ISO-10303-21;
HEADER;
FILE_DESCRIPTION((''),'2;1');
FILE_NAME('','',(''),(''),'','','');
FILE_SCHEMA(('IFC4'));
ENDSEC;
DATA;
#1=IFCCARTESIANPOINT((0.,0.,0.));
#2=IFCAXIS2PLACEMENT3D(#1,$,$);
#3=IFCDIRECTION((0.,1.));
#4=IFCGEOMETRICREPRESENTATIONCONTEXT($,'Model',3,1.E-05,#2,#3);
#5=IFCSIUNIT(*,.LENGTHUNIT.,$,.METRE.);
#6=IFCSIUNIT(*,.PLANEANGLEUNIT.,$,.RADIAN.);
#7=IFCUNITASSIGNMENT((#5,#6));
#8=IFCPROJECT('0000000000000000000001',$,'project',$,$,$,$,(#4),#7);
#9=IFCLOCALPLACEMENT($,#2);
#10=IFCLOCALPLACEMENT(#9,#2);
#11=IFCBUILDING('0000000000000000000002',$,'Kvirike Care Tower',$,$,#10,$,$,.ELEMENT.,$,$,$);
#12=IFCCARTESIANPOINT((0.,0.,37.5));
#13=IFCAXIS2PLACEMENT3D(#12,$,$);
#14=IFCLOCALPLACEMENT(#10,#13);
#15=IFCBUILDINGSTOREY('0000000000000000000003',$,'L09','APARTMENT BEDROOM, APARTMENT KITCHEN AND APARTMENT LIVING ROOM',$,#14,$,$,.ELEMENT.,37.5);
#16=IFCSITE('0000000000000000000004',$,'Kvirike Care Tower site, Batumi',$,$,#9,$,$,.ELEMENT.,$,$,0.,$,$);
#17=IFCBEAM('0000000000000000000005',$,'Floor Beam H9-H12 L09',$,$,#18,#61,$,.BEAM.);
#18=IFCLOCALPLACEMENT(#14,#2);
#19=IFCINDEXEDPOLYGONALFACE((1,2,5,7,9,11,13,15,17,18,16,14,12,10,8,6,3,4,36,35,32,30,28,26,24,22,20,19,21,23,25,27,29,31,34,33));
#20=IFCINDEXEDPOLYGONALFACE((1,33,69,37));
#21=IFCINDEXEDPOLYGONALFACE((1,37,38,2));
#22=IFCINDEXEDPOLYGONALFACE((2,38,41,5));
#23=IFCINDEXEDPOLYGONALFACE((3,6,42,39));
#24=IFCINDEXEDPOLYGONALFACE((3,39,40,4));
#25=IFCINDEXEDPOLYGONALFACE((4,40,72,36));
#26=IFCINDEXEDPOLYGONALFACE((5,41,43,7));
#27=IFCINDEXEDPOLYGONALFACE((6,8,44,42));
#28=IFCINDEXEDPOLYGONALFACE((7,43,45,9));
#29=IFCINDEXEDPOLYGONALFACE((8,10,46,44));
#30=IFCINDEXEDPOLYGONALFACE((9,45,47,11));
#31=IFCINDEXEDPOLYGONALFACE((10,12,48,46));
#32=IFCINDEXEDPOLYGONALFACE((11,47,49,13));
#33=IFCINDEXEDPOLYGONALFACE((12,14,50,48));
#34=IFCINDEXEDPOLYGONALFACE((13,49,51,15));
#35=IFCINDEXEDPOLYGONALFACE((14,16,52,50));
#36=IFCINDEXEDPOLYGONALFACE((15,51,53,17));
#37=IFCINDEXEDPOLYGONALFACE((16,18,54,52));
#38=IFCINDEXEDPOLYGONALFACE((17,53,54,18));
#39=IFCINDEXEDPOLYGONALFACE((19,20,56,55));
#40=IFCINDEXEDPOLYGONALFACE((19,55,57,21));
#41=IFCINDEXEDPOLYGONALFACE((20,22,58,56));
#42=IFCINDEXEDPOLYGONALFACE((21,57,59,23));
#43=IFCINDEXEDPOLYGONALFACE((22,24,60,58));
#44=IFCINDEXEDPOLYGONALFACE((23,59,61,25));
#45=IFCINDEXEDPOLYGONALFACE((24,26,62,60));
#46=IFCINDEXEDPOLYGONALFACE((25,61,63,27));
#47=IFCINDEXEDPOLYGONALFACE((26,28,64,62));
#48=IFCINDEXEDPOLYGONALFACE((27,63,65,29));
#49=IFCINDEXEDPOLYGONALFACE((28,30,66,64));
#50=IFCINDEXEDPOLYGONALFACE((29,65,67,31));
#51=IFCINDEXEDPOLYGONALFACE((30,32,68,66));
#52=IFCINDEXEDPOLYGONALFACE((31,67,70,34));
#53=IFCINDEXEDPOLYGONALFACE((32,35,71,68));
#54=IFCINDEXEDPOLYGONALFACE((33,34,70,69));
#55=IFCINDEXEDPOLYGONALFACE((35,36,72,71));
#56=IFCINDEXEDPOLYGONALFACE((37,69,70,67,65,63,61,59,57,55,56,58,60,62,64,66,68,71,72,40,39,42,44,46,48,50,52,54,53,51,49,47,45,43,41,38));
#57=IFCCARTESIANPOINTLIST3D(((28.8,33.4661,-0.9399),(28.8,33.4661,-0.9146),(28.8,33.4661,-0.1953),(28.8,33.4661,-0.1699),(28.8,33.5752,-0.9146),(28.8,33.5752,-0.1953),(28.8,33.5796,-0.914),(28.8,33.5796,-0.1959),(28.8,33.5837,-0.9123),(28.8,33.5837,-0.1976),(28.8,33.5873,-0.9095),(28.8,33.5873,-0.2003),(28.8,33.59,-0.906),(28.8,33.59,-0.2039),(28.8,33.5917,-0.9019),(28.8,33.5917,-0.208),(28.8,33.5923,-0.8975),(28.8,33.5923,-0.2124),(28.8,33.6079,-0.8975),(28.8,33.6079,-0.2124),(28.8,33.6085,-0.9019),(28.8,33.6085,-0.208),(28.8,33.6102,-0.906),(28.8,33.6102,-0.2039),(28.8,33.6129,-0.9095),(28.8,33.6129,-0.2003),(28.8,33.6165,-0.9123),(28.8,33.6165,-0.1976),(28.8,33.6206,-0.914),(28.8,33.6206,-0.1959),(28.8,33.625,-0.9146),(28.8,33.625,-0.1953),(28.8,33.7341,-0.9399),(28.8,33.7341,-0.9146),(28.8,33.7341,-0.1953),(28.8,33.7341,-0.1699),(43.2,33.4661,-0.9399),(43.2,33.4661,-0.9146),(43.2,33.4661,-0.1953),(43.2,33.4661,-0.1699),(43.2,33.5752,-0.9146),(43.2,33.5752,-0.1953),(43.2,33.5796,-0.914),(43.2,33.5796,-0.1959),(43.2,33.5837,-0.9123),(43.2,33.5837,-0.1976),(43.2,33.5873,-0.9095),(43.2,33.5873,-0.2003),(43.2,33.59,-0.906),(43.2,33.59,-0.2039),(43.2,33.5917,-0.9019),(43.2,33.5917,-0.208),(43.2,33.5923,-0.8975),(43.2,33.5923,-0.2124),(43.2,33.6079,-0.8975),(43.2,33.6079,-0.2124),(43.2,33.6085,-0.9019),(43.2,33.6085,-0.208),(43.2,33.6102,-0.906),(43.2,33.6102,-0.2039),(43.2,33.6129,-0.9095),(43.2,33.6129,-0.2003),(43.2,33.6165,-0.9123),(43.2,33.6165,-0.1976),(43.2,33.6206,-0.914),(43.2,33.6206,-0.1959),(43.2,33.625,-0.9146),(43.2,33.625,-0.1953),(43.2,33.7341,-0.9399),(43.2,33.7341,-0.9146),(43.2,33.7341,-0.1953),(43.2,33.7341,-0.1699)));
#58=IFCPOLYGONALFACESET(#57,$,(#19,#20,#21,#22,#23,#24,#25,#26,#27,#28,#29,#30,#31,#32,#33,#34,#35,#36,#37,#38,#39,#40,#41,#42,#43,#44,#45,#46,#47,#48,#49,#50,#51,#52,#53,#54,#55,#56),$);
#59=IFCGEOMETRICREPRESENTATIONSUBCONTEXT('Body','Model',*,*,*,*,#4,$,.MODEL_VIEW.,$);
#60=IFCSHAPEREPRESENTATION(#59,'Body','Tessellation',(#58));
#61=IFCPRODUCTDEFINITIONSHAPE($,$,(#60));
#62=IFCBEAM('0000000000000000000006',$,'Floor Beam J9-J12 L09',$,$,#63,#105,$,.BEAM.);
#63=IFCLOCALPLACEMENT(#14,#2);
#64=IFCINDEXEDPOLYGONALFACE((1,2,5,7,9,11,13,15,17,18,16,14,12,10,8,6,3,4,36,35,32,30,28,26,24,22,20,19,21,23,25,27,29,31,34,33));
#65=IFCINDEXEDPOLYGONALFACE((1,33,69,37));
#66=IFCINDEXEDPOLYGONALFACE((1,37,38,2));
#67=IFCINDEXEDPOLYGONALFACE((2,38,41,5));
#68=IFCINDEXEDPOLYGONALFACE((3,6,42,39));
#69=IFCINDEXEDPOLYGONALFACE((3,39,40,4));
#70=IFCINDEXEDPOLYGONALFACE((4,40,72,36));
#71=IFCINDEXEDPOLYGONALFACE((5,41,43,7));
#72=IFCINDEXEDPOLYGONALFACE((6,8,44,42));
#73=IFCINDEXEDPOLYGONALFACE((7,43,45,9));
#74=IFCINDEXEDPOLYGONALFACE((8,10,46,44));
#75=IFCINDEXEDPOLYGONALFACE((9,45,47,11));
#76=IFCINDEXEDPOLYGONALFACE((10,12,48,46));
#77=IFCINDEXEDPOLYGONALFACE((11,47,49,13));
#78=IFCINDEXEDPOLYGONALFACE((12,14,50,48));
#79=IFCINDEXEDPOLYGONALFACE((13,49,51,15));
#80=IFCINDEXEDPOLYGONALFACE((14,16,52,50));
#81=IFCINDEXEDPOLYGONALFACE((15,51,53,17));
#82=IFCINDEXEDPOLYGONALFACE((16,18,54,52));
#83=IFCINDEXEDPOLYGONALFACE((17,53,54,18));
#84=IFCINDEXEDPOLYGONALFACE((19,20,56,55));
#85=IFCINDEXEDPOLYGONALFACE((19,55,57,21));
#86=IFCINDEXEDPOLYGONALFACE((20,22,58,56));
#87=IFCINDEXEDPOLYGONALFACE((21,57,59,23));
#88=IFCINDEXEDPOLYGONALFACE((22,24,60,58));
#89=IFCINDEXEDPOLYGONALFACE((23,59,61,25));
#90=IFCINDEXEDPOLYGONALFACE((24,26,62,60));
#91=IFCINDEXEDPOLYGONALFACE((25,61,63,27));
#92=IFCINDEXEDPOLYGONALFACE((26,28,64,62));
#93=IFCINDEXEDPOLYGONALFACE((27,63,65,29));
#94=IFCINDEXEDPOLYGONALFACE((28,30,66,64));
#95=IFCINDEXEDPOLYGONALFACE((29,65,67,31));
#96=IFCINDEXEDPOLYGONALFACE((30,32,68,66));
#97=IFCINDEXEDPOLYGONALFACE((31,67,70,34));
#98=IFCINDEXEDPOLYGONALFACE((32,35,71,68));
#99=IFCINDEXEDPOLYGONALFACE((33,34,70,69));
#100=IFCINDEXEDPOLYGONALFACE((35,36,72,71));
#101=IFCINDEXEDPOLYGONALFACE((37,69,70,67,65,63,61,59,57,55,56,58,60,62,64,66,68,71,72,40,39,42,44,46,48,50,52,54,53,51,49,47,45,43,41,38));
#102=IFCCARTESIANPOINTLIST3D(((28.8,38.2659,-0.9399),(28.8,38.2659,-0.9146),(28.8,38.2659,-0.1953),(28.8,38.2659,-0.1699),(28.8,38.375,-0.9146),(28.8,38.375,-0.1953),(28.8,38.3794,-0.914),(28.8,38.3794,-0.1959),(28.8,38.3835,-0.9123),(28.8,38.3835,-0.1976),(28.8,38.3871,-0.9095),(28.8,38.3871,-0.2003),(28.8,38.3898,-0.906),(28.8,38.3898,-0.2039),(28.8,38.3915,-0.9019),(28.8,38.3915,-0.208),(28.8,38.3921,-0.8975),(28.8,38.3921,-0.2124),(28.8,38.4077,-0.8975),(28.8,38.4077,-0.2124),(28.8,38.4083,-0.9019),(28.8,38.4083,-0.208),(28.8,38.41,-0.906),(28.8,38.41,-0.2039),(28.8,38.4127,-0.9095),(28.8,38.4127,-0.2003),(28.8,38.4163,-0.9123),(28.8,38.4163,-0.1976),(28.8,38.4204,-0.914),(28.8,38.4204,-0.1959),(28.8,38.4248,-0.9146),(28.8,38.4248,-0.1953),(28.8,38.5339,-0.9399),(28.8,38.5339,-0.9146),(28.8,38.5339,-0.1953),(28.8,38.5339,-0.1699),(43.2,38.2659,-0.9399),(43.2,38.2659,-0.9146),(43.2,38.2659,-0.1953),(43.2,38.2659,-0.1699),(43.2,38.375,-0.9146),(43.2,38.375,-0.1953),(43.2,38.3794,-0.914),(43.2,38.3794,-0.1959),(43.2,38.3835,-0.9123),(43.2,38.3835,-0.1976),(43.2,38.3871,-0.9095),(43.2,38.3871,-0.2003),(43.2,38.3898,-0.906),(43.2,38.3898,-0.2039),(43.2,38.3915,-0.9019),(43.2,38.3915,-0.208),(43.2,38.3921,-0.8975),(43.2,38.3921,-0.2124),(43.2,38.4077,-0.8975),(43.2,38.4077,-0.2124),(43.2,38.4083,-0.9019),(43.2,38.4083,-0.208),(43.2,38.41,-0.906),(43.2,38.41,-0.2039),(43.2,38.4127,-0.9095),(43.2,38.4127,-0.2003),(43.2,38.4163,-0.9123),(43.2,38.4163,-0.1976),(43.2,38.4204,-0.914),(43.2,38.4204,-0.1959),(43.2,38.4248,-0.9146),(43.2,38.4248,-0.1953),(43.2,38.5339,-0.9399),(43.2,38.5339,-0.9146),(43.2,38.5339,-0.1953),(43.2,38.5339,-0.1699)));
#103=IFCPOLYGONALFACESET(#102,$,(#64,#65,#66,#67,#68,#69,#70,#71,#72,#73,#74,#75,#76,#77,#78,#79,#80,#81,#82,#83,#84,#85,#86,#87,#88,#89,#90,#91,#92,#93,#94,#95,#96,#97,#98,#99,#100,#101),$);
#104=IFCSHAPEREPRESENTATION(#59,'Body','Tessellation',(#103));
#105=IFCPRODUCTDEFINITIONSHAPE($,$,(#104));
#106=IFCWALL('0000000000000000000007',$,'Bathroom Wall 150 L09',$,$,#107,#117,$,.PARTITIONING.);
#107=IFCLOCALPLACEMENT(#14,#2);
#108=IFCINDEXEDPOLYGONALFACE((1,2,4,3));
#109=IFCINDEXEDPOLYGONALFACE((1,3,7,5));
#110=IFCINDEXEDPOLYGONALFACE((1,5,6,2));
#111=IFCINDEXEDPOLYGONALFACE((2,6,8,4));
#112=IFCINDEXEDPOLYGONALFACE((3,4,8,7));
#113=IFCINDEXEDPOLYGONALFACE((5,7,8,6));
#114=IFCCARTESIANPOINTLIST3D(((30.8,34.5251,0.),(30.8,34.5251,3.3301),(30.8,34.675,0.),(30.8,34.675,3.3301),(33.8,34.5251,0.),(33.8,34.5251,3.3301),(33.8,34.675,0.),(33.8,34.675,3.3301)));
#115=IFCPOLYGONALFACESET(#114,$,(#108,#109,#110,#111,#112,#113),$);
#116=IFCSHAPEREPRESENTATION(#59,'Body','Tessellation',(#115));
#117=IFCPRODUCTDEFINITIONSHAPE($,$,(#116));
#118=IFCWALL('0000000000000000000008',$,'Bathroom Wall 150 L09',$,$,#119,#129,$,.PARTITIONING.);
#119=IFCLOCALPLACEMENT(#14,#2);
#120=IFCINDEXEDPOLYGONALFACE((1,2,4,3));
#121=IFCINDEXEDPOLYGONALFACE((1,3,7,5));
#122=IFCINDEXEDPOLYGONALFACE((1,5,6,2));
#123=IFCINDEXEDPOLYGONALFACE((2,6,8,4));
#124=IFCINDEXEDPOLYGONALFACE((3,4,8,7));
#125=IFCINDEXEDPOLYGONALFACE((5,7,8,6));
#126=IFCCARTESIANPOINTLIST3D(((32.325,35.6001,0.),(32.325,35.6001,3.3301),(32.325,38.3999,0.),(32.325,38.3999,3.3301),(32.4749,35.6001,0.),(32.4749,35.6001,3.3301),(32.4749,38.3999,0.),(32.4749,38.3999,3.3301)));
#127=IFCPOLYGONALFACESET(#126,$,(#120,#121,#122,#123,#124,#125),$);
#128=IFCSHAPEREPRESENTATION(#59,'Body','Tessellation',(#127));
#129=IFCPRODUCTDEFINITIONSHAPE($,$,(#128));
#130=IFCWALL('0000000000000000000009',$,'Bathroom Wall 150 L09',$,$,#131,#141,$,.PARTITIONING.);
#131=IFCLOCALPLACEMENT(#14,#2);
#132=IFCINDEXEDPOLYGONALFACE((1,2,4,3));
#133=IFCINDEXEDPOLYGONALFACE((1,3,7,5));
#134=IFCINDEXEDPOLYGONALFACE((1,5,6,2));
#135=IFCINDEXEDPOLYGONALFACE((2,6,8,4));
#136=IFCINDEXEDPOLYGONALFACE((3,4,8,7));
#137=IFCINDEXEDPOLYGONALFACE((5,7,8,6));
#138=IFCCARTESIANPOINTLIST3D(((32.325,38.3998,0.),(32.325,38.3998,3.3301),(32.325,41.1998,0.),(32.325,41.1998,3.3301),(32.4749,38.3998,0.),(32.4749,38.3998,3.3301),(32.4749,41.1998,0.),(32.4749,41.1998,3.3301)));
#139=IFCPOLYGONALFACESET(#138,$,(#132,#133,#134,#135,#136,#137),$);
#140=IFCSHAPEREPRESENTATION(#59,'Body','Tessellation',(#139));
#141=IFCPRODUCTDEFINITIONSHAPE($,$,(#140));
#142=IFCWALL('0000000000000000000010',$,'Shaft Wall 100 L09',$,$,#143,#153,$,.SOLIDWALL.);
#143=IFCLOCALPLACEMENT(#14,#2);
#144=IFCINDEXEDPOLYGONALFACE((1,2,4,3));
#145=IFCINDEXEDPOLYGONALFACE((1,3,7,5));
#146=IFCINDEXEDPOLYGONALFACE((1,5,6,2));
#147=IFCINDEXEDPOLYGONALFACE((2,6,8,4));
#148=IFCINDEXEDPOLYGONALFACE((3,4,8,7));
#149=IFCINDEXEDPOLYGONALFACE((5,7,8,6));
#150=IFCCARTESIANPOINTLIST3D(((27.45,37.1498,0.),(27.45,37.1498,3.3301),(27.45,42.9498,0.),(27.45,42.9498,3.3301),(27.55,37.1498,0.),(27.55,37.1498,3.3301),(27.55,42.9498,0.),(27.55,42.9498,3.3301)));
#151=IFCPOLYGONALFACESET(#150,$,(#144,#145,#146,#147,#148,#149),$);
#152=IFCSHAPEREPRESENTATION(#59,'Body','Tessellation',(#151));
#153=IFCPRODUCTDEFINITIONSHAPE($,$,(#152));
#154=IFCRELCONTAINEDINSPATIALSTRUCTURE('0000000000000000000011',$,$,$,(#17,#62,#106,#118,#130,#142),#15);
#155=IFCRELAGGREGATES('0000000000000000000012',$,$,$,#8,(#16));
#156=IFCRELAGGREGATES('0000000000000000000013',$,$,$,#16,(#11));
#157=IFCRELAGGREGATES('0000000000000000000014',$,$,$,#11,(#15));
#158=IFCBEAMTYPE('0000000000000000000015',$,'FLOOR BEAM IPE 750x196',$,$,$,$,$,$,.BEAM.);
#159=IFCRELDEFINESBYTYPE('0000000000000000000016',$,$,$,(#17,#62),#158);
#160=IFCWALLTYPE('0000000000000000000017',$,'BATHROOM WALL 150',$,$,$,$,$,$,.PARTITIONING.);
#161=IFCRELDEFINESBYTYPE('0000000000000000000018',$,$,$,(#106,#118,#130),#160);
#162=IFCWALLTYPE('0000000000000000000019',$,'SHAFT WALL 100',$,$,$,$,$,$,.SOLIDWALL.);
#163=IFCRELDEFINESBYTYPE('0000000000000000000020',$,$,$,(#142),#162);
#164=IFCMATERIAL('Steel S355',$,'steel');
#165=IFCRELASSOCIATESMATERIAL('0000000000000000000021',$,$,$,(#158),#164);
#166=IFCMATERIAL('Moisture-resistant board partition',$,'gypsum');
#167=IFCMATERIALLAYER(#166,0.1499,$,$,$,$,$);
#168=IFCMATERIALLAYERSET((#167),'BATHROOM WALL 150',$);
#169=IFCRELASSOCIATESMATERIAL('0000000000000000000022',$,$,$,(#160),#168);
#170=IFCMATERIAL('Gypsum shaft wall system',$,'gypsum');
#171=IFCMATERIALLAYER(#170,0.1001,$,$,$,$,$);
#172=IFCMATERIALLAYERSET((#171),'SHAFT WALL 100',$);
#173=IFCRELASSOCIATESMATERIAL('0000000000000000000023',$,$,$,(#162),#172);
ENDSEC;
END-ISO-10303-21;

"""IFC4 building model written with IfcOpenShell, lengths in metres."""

from ifc_helpers import new_model, si_unit, direction, frame, frame_2d, origin, origin_2d, place, context, subcontext, project, spatial, rectangle, i_section, extrude, material, layer, layer_set, material_profile, profile_set, type_object, element, save


model = new_model("IFC4")

# Units and contexts
model_context = context("Model", 3, precision=1e-05, world=origin(), true_north=direction((0.0, 1.0)))
body_context = subcontext(model_context, "Body", "Model", "MODEL_VIEW")
ifc_project = project(units=[si_unit("LENGTHUNIT", "METRE"), si_unit("PLANEANGLEUNIT", "RADIAN")], contexts=[model_context])

# Site, building, storey
site_placement = place(None, origin())
site = spatial("IfcSite", under=ifc_project, at=site_placement, Name="Kvirike Care Tower site, Batumi", CompositionType="ELEMENT", RefElevation=0.0)
building_placement = place(site_placement, origin())
building = spatial("IfcBuilding", under=site, at=building_placement, Name="Kvirike Care Tower", CompositionType="ELEMENT")
storey_placement = place(building_placement, frame((0.0, 0.0, 37.5)))
storey = spatial("IfcBuildingStorey", under=building, at=storey_placement, Name="L09", Description="APARTMENT BEDROOM, APARTMENT KITCHEN AND APARTMENT LIVING ROOM", CompositionType="ELEMENT", Elevation=37.5)

# Beams
ifc_material_1 = material(Name="Steel S355", Category="steel")
ifc_material_profile = material_profile(ifc_material_1, i_section(OverallWidth=0.2681, OverallDepth=0.77, WebThickness=0.0156, FlangeThickness=0.0254, FilletRadius=0.0171, at=origin_2d()), Name="IPE 750x196")
ifc_profile_set = profile_set([ifc_material_profile], Name="Steel S355")
beam_type = type_object("IfcBeamType", Name="FLOOR BEAM IPE 750x196", PredefinedType="BEAM", material=ifc_profile_set)
for number, where, z_axis, x_axis, name in (
    (1, (28.8, 33.6001, -0.5549), (1.0, 0.0, 0.0), (0.0, 1.0, 0.0), "Floor Beam H9-H12 L09"),
    (2, (28.8, 38.3999, -0.5549), (1.0, 0.0, 0.0), (0.0, 1.0, 0.0), "Floor Beam J9-J12 L09"),
):
    element("IfcBeam", number, at=place(storey_placement, frame(where, z_axis=z_axis, x_axis=x_axis)), inside=storey, type_object=beam_type, Name=name, PredefinedType="BEAM", context=body_context, shape_type="SweptSolid", body=[
        extrude(i_section(OverallWidth=0.2681, OverallDepth=0.77, WebThickness=0.0156, FlangeThickness=0.0254, FilletRadius=0.0171, at=origin_2d()), origin(), (0.0, 0.0, 1.0), 14.3999),
    ])

# Walls
ifc_material_2 = material(Name="Moisture-resistant board partition", Category="gypsum")
ifc_layer_1 = layer(ifc_material_2, 0.1499)
ifc_layer_set_1 = layer_set([ifc_layer_1], Name="BATHROOM WALL 150")
wall_type_1 = type_object("IfcWallType", Name="BATHROOM WALL 150", PredefinedType="PARTITIONING", material=ifc_layer_set_1)
wall_1_placement = place(storey_placement, frame((33.8, 34.6001, 0.0), z_axis=(0.0, 0.0, 1.0), x_axis=(-1.0, 0.0, 0.0)))
element("IfcWall", 3, at=wall_1_placement, inside=storey, type_object=wall_type_1, Name="Bathroom Wall 150 L09", PredefinedType="PARTITIONING", context=body_context, shape_type="SweptSolid", body=[
    extrude(rectangle(XDim=3.0, YDim=0.1499, at=frame_2d((1.5, 0.0))), origin(), (0.0, 0.0, 1.0), 3.3301),
])
wall_2_placement = place(storey_placement, frame((32.3999, 35.6001, 0.0), z_axis=(0.0, 0.0, 1.0), x_axis=(0.0, 1.0, 0.0)))
element("IfcWall", 4, at=wall_2_placement, inside=storey, type_object=wall_type_1, Name="Bathroom Wall 150 L09", PredefinedType="PARTITIONING", context=body_context, shape_type="SweptSolid", body=[
    extrude(rectangle(XDim=2.7998, YDim=0.1499, at=frame_2d((1.3999, 0.0))), origin(), (0.0, 0.0, 1.0), 3.3301),
])
wall_3_placement = place(storey_placement, frame((32.3999, 38.3999, 0.0), z_axis=(0.0, 0.0, 1.0), x_axis=(0.0, 1.0, 0.0)))
element("IfcWall", 5, at=wall_3_placement, inside=storey, type_object=wall_type_1, Name="Bathroom Wall 150 L09", PredefinedType="PARTITIONING", context=body_context, shape_type="SweptSolid", body=[
    extrude(rectangle(XDim=2.8, YDim=0.1499, at=frame_2d((1.3999, 0.0))), origin(), (0.0, 0.0, 1.0), 3.3301),
])
ifc_material_3 = material(Name="Gypsum shaft wall system", Category="gypsum")
ifc_layer_2 = layer(ifc_material_3, 0.1001)
ifc_layer_set_2 = layer_set([ifc_layer_2], Name="SHAFT WALL 100")
wall_type_2 = type_object("IfcWallType", Name="SHAFT WALL 100", PredefinedType="SOLIDWALL", material=ifc_layer_set_2)
wall_4_placement = place(storey_placement, frame((27.5, 37.1499, 0.0), z_axis=(0.0, 0.0, 1.0), x_axis=(0.0, 1.0, 0.0)))
element("IfcWall", 6, at=wall_4_placement, inside=storey, type_object=wall_type_2, Name="Shaft Wall 100 L09", PredefinedType="SOLIDWALL", context=body_context, shape_type="SweptSolid", body=[
    extrude(rectangle(XDim=5.8, YDim=0.1001, at=frame_2d((2.8999, 0.0))), origin(), (0.0, 0.0, 1.0), 3.3301),
])

save(model, "model.ifc")
